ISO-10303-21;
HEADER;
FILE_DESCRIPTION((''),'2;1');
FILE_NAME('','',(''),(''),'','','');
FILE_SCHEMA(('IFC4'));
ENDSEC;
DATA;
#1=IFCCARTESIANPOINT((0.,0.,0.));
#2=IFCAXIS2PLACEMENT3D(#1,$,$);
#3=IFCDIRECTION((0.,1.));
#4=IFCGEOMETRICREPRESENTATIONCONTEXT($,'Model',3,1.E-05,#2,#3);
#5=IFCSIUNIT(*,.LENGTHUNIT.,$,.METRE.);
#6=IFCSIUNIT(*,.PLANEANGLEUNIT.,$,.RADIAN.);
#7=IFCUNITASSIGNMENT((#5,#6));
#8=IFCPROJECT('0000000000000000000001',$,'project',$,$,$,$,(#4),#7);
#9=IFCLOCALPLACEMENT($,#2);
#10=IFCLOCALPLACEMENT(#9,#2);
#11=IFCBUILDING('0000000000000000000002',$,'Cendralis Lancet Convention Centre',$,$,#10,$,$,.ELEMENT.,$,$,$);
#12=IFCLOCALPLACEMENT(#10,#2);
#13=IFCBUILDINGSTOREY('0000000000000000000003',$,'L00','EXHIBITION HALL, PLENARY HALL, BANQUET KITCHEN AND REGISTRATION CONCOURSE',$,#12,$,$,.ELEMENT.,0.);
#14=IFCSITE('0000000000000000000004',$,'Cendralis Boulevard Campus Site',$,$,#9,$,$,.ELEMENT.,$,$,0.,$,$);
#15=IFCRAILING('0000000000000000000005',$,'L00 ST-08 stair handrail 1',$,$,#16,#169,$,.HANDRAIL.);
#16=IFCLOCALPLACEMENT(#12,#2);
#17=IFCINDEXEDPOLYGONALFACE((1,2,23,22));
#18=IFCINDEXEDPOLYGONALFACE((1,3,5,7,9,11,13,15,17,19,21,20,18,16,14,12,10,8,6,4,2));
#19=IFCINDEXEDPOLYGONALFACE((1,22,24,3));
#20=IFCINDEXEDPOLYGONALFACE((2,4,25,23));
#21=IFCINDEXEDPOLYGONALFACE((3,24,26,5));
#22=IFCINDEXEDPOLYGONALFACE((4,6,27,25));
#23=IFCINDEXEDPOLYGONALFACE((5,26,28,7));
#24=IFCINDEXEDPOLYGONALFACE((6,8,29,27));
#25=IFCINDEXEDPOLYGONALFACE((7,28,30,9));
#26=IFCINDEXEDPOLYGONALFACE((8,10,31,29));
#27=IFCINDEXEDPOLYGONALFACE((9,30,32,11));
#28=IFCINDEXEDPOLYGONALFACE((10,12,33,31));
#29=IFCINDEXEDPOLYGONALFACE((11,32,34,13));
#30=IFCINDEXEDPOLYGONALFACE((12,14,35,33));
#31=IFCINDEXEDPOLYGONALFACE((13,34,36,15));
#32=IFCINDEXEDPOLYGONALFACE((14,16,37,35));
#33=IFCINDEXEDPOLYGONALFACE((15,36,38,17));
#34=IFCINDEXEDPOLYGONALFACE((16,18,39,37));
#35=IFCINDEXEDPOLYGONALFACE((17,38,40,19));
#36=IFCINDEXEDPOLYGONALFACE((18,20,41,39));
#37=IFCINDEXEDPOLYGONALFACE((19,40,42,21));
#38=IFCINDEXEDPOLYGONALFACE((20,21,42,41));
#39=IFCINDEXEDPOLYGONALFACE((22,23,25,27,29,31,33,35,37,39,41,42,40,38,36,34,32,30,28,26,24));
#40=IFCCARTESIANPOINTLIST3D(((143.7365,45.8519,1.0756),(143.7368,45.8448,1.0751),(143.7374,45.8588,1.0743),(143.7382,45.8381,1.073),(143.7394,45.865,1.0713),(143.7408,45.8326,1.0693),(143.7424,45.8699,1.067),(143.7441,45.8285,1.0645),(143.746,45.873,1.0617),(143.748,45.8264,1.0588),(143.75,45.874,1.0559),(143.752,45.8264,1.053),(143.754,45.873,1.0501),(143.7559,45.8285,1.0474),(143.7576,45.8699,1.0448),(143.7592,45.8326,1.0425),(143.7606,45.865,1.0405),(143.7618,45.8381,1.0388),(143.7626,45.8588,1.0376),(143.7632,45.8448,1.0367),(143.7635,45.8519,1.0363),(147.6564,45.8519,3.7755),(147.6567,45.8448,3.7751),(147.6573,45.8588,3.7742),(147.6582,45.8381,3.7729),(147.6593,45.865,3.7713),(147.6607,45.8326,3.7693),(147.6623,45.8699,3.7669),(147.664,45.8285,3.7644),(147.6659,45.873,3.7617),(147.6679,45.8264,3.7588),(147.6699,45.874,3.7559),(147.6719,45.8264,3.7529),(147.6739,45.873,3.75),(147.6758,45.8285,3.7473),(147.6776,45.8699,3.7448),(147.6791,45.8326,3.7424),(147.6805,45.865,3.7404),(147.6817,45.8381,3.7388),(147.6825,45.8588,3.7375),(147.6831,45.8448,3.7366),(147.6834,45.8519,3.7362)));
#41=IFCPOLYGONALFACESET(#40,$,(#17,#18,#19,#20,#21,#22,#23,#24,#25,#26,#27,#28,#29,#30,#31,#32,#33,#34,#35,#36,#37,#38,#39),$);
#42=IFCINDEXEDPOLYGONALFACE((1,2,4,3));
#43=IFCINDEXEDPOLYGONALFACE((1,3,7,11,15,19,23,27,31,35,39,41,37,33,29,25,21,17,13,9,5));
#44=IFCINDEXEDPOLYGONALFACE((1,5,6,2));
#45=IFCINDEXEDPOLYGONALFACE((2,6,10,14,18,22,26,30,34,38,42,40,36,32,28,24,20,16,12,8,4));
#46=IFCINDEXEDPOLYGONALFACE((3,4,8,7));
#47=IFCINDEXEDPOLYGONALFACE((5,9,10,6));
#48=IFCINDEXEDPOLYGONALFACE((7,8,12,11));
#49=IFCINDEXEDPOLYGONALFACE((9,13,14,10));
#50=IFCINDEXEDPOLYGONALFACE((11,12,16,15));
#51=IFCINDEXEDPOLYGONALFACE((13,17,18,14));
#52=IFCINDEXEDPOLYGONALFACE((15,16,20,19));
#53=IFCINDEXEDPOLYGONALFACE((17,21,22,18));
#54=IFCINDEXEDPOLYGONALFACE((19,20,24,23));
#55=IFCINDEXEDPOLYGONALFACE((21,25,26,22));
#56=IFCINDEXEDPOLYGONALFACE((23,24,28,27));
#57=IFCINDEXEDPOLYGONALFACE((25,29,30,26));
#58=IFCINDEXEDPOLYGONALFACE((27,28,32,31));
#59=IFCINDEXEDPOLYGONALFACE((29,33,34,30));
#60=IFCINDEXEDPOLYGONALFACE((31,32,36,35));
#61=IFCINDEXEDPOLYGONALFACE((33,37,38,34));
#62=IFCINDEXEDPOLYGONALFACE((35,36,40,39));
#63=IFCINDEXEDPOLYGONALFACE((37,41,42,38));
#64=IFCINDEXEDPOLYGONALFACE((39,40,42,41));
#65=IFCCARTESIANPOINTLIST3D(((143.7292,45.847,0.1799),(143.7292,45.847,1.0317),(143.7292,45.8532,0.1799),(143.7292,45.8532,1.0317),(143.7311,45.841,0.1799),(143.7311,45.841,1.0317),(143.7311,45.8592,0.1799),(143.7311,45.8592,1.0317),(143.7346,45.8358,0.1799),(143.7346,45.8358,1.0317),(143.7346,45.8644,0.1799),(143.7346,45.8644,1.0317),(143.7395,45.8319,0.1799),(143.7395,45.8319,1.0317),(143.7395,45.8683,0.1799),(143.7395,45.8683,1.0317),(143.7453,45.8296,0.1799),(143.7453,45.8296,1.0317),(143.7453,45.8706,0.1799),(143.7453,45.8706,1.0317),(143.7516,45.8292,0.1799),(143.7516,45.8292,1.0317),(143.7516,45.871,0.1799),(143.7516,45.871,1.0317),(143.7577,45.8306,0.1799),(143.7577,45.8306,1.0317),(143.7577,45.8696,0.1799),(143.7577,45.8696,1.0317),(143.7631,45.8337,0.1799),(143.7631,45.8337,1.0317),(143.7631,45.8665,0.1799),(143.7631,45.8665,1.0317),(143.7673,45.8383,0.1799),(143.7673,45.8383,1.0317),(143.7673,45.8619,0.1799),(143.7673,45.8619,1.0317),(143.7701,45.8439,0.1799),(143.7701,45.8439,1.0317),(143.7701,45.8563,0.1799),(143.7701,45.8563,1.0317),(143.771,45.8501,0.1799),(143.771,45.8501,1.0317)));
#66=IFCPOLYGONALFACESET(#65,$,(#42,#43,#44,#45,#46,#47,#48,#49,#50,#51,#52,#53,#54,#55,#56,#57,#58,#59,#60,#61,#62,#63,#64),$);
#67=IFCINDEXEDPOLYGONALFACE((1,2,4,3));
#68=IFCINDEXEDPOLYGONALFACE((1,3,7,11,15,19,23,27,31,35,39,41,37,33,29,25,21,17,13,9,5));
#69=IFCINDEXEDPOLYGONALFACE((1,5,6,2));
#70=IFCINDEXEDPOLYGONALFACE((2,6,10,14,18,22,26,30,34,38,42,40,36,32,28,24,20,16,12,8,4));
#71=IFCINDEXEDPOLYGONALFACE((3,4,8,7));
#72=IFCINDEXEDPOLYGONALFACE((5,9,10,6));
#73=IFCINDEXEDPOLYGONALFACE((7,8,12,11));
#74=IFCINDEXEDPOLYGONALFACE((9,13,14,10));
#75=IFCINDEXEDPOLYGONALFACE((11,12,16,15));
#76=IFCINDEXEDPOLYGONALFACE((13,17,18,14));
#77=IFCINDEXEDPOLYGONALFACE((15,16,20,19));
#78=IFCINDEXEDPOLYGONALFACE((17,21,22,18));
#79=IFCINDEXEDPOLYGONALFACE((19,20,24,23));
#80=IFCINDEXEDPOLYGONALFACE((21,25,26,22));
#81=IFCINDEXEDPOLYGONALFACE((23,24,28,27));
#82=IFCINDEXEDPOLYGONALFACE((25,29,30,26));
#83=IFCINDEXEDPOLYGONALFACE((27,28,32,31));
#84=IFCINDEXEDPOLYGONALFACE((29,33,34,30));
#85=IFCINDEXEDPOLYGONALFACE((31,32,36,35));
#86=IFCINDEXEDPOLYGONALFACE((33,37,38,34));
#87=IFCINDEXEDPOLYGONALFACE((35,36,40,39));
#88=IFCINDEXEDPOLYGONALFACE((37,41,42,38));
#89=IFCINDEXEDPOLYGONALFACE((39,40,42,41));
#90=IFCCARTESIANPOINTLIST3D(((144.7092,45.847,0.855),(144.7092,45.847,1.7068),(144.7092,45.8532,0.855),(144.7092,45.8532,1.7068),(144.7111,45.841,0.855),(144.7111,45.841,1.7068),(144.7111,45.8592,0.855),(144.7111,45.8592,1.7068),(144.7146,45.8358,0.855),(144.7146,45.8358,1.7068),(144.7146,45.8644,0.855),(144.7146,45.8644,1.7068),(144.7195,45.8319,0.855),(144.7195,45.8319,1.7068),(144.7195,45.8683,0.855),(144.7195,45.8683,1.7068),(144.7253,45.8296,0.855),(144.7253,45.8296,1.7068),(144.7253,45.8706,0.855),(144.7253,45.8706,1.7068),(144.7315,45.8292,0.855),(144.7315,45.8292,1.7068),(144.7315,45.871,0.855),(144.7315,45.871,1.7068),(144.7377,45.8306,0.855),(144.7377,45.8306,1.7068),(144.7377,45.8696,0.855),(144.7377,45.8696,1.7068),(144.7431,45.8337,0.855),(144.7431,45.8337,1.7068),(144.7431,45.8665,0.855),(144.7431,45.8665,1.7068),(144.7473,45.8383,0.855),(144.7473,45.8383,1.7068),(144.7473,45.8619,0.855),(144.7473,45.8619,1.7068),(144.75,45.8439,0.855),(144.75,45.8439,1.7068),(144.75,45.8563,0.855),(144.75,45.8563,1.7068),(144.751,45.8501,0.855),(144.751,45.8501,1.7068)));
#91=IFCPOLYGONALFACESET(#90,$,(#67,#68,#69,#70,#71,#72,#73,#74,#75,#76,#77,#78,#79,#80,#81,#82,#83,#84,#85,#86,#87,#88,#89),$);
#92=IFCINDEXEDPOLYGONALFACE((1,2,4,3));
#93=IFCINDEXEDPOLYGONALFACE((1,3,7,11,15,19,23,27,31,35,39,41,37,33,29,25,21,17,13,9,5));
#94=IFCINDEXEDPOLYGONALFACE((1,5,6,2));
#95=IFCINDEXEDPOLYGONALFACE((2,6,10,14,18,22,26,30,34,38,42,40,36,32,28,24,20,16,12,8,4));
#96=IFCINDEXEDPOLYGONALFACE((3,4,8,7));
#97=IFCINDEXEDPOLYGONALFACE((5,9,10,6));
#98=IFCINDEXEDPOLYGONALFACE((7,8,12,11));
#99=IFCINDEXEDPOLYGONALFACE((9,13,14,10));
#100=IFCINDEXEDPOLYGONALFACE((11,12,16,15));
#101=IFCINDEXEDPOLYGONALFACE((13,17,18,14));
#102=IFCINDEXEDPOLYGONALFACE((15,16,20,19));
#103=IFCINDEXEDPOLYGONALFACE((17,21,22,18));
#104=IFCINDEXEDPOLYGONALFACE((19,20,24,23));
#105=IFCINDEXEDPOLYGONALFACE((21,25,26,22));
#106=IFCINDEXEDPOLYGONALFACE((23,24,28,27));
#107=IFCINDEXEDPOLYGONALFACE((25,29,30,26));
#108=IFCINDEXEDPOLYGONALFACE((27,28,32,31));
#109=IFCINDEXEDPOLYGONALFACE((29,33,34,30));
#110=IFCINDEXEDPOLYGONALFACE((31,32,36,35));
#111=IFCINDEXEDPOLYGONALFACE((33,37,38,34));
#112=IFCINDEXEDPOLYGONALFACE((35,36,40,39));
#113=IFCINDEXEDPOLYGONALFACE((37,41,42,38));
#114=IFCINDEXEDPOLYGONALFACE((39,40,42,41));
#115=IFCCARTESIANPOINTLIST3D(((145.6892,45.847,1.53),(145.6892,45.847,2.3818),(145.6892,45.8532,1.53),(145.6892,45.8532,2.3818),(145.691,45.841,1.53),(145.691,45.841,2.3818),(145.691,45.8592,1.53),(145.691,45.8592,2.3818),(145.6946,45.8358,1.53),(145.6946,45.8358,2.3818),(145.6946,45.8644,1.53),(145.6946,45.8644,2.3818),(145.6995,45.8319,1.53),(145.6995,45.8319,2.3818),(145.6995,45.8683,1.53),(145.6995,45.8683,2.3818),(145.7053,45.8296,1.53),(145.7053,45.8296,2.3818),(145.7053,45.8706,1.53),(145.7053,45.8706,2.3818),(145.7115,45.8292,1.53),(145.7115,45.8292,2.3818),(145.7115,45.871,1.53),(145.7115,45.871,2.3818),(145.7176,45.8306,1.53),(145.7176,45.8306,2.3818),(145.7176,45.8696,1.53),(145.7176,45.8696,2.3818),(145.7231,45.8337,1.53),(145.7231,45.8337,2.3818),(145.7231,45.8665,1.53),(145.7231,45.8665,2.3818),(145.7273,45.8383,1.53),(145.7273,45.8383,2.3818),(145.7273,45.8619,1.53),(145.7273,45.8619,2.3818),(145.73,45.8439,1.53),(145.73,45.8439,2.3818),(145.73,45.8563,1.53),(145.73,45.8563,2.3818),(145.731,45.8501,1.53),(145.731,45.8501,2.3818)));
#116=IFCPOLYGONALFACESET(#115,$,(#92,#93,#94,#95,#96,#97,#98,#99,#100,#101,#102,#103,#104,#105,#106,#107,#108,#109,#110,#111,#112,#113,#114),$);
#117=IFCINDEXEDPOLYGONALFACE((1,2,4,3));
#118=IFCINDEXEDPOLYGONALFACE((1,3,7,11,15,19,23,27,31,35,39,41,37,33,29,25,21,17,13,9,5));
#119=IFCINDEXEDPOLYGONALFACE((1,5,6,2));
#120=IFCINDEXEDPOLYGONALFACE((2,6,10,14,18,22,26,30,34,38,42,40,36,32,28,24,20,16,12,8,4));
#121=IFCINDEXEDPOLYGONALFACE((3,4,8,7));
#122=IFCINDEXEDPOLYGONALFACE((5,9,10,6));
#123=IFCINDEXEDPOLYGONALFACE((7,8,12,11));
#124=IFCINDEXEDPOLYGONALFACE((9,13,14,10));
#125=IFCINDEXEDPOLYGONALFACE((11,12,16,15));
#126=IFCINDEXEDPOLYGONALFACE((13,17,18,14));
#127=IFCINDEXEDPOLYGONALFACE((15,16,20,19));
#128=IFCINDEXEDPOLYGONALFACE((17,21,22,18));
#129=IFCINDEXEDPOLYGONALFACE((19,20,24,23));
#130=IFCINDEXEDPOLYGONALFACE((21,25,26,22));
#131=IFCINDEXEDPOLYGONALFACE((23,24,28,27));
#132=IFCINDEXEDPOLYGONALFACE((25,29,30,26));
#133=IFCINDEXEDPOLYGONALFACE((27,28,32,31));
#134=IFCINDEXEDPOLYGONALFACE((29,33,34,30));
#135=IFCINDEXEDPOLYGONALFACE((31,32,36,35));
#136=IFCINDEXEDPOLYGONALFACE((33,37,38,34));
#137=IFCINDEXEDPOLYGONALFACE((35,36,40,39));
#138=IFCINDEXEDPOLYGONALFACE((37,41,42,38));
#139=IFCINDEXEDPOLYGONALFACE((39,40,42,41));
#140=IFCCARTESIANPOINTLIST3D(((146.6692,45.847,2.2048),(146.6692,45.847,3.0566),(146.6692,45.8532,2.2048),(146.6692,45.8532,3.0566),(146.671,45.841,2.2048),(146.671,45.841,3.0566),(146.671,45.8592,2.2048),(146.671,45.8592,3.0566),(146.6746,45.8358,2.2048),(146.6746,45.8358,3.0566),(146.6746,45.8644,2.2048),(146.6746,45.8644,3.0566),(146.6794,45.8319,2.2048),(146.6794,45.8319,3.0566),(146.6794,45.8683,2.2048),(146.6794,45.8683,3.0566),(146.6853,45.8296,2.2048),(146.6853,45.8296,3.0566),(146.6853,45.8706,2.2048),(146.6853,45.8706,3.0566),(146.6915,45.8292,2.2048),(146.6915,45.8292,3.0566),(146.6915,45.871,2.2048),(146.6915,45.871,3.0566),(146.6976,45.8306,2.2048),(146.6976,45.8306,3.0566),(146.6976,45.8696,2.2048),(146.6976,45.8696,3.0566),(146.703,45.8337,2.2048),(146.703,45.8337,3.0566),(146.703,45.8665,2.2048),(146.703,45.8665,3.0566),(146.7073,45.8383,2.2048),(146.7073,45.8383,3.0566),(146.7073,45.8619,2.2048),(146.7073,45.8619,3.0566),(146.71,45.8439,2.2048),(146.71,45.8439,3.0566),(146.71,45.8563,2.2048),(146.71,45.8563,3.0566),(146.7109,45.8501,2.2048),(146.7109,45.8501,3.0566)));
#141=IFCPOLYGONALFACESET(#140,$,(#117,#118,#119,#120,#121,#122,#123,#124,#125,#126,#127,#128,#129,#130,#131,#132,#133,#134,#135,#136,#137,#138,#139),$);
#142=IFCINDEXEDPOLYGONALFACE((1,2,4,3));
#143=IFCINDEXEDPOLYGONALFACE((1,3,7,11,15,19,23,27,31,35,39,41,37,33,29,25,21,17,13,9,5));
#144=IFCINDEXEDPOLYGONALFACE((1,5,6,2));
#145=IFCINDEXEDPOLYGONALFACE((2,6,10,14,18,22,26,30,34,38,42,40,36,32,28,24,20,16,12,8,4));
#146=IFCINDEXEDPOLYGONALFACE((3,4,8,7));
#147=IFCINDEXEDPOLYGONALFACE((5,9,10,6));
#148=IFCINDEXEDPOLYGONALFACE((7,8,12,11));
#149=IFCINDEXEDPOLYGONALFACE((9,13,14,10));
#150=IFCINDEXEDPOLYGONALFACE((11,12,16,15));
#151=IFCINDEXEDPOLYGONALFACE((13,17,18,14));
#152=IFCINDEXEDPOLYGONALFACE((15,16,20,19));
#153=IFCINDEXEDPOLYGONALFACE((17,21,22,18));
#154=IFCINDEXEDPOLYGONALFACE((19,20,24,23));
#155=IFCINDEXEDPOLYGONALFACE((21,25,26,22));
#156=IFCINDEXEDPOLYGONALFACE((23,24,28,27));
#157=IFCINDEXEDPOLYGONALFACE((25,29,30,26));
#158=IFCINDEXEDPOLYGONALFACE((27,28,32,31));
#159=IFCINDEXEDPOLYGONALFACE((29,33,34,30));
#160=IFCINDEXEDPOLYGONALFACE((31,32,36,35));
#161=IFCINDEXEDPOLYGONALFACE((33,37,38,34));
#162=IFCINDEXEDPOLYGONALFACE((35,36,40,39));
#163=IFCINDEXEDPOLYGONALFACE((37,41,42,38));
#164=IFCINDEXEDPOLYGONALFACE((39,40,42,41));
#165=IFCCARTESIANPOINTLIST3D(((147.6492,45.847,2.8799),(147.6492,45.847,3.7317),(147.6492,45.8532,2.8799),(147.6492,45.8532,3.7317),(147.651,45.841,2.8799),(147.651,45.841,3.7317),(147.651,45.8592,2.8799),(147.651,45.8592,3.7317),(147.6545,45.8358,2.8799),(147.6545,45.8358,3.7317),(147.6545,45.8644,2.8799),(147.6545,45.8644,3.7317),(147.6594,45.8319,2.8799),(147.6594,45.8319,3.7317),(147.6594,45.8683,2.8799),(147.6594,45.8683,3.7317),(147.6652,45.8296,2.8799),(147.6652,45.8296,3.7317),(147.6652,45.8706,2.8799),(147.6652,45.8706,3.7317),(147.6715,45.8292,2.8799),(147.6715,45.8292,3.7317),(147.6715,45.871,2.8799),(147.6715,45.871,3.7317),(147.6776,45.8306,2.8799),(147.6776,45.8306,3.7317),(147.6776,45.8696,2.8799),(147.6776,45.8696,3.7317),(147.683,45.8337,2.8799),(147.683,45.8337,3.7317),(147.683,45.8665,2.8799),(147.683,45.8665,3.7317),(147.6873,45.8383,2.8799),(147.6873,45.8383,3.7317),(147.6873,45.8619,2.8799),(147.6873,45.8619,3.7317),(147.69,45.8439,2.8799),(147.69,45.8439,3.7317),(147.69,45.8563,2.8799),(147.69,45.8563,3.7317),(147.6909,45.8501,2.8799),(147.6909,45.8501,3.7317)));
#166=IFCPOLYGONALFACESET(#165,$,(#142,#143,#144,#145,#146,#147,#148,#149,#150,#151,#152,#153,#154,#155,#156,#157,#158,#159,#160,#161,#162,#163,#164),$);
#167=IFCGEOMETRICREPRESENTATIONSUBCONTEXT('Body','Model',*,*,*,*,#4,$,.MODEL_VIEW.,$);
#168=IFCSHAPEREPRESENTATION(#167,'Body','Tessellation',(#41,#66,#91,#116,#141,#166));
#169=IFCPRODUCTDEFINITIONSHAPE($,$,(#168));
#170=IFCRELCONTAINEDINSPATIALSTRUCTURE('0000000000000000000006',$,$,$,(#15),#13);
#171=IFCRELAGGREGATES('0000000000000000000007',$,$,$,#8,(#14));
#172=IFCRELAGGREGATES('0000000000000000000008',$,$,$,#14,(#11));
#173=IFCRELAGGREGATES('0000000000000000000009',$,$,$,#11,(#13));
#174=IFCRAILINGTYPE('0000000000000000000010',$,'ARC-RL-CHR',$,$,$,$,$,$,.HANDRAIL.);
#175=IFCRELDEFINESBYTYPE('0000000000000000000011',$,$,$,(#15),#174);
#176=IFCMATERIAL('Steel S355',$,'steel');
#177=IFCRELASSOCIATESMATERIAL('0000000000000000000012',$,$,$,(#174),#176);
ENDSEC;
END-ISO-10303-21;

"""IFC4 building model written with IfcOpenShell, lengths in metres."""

from ifc_helpers import new_model, si_unit, direction, frame, origin, origin_2d, place, context, subcontext, project, spatial, circle, extrude, material, type_object, element, save


model = new_model("IFC4")

# Units and contexts
model_context = context("Model", 3, precision=1e-05, world=origin(), true_north=direction((0.0, 1.0)))
body_context = subcontext(model_context, "Body", "Model", "MODEL_VIEW")
ifc_project = project(units=[si_unit("LENGTHUNIT", "METRE"), si_unit("PLANEANGLEUNIT", "RADIAN")], contexts=[model_context])

# Site, building, storey
site_placement = place(None, origin())
site = spatial("IfcSite", under=ifc_project, at=site_placement, Name="Cendralis Boulevard Campus Site", CompositionType="ELEMENT", RefElevation=0.0)
building_placement = place(site_placement, origin())
building = spatial("IfcBuilding", under=site, at=building_placement, Name="Cendralis Lancet Convention Centre", CompositionType="ELEMENT")
storey_placement = place(building_placement, origin())
storey = spatial("IfcBuildingStorey", under=building, at=storey_placement, Name="L00", Description="EXHIBITION HALL, PLENARY HALL, BANQUET KITCHEN AND REGISTRATION CONCOURSE", CompositionType="ELEMENT", Elevation=0.0)

# Shared definitions
ifc_material_1 = material(Name="Steel S355", Category="steel")

# Railing
railing_type_1 = type_object("IfcRailingType", Name="ARC-RL-CHR", PredefinedType="HANDRAIL", material=ifc_material_1)
railing_1_placement = place(storey_placement, frame((143.75, 45.8501, 0.1799)))
element("IfcRailing", 1, at=railing_1_placement, inside=storey, type_object=railing_type_1, Name="L00 ST-08 stair handrail 1", PredefinedType="HANDRAIL", context=body_context, shape_type="SweptSolid", body=[
    extrude(circle(Radius=0.0239, at=origin_2d()), frame((0.0, 0.0, 0.876), z_axis=(0.823551, 0.0, 0.567243), x_axis=(0.0, 1.0, 0.0)), (0.0, 0.0, 1.0), 4.7598),
    extrude(circle(Radius=0.021, at=origin_2d()), origin(), (0.0, 0.0, 1.0), 0.8518),
    extrude(circle(Radius=0.021, at=origin_2d()), frame((0.98, 0.0, 0.675)), (0.0, 0.0, 1.0), 0.8518),
    extrude(circle(Radius=0.021, at=origin_2d()), frame((1.96, 0.0, 1.3501)), (0.0, 0.0, 1.0), 0.8518),
    extrude(circle(Radius=0.021, at=origin_2d()), frame((2.9399, 0.0, 2.0249)), (0.0, 0.0, 1.0), 0.8518),
    extrude(circle(Radius=0.021, at=origin_2d()), frame((3.9199, 0.0, 2.7)), (0.0, 0.0, 1.0), 0.8518),
])

save(model, "model.ifc")
